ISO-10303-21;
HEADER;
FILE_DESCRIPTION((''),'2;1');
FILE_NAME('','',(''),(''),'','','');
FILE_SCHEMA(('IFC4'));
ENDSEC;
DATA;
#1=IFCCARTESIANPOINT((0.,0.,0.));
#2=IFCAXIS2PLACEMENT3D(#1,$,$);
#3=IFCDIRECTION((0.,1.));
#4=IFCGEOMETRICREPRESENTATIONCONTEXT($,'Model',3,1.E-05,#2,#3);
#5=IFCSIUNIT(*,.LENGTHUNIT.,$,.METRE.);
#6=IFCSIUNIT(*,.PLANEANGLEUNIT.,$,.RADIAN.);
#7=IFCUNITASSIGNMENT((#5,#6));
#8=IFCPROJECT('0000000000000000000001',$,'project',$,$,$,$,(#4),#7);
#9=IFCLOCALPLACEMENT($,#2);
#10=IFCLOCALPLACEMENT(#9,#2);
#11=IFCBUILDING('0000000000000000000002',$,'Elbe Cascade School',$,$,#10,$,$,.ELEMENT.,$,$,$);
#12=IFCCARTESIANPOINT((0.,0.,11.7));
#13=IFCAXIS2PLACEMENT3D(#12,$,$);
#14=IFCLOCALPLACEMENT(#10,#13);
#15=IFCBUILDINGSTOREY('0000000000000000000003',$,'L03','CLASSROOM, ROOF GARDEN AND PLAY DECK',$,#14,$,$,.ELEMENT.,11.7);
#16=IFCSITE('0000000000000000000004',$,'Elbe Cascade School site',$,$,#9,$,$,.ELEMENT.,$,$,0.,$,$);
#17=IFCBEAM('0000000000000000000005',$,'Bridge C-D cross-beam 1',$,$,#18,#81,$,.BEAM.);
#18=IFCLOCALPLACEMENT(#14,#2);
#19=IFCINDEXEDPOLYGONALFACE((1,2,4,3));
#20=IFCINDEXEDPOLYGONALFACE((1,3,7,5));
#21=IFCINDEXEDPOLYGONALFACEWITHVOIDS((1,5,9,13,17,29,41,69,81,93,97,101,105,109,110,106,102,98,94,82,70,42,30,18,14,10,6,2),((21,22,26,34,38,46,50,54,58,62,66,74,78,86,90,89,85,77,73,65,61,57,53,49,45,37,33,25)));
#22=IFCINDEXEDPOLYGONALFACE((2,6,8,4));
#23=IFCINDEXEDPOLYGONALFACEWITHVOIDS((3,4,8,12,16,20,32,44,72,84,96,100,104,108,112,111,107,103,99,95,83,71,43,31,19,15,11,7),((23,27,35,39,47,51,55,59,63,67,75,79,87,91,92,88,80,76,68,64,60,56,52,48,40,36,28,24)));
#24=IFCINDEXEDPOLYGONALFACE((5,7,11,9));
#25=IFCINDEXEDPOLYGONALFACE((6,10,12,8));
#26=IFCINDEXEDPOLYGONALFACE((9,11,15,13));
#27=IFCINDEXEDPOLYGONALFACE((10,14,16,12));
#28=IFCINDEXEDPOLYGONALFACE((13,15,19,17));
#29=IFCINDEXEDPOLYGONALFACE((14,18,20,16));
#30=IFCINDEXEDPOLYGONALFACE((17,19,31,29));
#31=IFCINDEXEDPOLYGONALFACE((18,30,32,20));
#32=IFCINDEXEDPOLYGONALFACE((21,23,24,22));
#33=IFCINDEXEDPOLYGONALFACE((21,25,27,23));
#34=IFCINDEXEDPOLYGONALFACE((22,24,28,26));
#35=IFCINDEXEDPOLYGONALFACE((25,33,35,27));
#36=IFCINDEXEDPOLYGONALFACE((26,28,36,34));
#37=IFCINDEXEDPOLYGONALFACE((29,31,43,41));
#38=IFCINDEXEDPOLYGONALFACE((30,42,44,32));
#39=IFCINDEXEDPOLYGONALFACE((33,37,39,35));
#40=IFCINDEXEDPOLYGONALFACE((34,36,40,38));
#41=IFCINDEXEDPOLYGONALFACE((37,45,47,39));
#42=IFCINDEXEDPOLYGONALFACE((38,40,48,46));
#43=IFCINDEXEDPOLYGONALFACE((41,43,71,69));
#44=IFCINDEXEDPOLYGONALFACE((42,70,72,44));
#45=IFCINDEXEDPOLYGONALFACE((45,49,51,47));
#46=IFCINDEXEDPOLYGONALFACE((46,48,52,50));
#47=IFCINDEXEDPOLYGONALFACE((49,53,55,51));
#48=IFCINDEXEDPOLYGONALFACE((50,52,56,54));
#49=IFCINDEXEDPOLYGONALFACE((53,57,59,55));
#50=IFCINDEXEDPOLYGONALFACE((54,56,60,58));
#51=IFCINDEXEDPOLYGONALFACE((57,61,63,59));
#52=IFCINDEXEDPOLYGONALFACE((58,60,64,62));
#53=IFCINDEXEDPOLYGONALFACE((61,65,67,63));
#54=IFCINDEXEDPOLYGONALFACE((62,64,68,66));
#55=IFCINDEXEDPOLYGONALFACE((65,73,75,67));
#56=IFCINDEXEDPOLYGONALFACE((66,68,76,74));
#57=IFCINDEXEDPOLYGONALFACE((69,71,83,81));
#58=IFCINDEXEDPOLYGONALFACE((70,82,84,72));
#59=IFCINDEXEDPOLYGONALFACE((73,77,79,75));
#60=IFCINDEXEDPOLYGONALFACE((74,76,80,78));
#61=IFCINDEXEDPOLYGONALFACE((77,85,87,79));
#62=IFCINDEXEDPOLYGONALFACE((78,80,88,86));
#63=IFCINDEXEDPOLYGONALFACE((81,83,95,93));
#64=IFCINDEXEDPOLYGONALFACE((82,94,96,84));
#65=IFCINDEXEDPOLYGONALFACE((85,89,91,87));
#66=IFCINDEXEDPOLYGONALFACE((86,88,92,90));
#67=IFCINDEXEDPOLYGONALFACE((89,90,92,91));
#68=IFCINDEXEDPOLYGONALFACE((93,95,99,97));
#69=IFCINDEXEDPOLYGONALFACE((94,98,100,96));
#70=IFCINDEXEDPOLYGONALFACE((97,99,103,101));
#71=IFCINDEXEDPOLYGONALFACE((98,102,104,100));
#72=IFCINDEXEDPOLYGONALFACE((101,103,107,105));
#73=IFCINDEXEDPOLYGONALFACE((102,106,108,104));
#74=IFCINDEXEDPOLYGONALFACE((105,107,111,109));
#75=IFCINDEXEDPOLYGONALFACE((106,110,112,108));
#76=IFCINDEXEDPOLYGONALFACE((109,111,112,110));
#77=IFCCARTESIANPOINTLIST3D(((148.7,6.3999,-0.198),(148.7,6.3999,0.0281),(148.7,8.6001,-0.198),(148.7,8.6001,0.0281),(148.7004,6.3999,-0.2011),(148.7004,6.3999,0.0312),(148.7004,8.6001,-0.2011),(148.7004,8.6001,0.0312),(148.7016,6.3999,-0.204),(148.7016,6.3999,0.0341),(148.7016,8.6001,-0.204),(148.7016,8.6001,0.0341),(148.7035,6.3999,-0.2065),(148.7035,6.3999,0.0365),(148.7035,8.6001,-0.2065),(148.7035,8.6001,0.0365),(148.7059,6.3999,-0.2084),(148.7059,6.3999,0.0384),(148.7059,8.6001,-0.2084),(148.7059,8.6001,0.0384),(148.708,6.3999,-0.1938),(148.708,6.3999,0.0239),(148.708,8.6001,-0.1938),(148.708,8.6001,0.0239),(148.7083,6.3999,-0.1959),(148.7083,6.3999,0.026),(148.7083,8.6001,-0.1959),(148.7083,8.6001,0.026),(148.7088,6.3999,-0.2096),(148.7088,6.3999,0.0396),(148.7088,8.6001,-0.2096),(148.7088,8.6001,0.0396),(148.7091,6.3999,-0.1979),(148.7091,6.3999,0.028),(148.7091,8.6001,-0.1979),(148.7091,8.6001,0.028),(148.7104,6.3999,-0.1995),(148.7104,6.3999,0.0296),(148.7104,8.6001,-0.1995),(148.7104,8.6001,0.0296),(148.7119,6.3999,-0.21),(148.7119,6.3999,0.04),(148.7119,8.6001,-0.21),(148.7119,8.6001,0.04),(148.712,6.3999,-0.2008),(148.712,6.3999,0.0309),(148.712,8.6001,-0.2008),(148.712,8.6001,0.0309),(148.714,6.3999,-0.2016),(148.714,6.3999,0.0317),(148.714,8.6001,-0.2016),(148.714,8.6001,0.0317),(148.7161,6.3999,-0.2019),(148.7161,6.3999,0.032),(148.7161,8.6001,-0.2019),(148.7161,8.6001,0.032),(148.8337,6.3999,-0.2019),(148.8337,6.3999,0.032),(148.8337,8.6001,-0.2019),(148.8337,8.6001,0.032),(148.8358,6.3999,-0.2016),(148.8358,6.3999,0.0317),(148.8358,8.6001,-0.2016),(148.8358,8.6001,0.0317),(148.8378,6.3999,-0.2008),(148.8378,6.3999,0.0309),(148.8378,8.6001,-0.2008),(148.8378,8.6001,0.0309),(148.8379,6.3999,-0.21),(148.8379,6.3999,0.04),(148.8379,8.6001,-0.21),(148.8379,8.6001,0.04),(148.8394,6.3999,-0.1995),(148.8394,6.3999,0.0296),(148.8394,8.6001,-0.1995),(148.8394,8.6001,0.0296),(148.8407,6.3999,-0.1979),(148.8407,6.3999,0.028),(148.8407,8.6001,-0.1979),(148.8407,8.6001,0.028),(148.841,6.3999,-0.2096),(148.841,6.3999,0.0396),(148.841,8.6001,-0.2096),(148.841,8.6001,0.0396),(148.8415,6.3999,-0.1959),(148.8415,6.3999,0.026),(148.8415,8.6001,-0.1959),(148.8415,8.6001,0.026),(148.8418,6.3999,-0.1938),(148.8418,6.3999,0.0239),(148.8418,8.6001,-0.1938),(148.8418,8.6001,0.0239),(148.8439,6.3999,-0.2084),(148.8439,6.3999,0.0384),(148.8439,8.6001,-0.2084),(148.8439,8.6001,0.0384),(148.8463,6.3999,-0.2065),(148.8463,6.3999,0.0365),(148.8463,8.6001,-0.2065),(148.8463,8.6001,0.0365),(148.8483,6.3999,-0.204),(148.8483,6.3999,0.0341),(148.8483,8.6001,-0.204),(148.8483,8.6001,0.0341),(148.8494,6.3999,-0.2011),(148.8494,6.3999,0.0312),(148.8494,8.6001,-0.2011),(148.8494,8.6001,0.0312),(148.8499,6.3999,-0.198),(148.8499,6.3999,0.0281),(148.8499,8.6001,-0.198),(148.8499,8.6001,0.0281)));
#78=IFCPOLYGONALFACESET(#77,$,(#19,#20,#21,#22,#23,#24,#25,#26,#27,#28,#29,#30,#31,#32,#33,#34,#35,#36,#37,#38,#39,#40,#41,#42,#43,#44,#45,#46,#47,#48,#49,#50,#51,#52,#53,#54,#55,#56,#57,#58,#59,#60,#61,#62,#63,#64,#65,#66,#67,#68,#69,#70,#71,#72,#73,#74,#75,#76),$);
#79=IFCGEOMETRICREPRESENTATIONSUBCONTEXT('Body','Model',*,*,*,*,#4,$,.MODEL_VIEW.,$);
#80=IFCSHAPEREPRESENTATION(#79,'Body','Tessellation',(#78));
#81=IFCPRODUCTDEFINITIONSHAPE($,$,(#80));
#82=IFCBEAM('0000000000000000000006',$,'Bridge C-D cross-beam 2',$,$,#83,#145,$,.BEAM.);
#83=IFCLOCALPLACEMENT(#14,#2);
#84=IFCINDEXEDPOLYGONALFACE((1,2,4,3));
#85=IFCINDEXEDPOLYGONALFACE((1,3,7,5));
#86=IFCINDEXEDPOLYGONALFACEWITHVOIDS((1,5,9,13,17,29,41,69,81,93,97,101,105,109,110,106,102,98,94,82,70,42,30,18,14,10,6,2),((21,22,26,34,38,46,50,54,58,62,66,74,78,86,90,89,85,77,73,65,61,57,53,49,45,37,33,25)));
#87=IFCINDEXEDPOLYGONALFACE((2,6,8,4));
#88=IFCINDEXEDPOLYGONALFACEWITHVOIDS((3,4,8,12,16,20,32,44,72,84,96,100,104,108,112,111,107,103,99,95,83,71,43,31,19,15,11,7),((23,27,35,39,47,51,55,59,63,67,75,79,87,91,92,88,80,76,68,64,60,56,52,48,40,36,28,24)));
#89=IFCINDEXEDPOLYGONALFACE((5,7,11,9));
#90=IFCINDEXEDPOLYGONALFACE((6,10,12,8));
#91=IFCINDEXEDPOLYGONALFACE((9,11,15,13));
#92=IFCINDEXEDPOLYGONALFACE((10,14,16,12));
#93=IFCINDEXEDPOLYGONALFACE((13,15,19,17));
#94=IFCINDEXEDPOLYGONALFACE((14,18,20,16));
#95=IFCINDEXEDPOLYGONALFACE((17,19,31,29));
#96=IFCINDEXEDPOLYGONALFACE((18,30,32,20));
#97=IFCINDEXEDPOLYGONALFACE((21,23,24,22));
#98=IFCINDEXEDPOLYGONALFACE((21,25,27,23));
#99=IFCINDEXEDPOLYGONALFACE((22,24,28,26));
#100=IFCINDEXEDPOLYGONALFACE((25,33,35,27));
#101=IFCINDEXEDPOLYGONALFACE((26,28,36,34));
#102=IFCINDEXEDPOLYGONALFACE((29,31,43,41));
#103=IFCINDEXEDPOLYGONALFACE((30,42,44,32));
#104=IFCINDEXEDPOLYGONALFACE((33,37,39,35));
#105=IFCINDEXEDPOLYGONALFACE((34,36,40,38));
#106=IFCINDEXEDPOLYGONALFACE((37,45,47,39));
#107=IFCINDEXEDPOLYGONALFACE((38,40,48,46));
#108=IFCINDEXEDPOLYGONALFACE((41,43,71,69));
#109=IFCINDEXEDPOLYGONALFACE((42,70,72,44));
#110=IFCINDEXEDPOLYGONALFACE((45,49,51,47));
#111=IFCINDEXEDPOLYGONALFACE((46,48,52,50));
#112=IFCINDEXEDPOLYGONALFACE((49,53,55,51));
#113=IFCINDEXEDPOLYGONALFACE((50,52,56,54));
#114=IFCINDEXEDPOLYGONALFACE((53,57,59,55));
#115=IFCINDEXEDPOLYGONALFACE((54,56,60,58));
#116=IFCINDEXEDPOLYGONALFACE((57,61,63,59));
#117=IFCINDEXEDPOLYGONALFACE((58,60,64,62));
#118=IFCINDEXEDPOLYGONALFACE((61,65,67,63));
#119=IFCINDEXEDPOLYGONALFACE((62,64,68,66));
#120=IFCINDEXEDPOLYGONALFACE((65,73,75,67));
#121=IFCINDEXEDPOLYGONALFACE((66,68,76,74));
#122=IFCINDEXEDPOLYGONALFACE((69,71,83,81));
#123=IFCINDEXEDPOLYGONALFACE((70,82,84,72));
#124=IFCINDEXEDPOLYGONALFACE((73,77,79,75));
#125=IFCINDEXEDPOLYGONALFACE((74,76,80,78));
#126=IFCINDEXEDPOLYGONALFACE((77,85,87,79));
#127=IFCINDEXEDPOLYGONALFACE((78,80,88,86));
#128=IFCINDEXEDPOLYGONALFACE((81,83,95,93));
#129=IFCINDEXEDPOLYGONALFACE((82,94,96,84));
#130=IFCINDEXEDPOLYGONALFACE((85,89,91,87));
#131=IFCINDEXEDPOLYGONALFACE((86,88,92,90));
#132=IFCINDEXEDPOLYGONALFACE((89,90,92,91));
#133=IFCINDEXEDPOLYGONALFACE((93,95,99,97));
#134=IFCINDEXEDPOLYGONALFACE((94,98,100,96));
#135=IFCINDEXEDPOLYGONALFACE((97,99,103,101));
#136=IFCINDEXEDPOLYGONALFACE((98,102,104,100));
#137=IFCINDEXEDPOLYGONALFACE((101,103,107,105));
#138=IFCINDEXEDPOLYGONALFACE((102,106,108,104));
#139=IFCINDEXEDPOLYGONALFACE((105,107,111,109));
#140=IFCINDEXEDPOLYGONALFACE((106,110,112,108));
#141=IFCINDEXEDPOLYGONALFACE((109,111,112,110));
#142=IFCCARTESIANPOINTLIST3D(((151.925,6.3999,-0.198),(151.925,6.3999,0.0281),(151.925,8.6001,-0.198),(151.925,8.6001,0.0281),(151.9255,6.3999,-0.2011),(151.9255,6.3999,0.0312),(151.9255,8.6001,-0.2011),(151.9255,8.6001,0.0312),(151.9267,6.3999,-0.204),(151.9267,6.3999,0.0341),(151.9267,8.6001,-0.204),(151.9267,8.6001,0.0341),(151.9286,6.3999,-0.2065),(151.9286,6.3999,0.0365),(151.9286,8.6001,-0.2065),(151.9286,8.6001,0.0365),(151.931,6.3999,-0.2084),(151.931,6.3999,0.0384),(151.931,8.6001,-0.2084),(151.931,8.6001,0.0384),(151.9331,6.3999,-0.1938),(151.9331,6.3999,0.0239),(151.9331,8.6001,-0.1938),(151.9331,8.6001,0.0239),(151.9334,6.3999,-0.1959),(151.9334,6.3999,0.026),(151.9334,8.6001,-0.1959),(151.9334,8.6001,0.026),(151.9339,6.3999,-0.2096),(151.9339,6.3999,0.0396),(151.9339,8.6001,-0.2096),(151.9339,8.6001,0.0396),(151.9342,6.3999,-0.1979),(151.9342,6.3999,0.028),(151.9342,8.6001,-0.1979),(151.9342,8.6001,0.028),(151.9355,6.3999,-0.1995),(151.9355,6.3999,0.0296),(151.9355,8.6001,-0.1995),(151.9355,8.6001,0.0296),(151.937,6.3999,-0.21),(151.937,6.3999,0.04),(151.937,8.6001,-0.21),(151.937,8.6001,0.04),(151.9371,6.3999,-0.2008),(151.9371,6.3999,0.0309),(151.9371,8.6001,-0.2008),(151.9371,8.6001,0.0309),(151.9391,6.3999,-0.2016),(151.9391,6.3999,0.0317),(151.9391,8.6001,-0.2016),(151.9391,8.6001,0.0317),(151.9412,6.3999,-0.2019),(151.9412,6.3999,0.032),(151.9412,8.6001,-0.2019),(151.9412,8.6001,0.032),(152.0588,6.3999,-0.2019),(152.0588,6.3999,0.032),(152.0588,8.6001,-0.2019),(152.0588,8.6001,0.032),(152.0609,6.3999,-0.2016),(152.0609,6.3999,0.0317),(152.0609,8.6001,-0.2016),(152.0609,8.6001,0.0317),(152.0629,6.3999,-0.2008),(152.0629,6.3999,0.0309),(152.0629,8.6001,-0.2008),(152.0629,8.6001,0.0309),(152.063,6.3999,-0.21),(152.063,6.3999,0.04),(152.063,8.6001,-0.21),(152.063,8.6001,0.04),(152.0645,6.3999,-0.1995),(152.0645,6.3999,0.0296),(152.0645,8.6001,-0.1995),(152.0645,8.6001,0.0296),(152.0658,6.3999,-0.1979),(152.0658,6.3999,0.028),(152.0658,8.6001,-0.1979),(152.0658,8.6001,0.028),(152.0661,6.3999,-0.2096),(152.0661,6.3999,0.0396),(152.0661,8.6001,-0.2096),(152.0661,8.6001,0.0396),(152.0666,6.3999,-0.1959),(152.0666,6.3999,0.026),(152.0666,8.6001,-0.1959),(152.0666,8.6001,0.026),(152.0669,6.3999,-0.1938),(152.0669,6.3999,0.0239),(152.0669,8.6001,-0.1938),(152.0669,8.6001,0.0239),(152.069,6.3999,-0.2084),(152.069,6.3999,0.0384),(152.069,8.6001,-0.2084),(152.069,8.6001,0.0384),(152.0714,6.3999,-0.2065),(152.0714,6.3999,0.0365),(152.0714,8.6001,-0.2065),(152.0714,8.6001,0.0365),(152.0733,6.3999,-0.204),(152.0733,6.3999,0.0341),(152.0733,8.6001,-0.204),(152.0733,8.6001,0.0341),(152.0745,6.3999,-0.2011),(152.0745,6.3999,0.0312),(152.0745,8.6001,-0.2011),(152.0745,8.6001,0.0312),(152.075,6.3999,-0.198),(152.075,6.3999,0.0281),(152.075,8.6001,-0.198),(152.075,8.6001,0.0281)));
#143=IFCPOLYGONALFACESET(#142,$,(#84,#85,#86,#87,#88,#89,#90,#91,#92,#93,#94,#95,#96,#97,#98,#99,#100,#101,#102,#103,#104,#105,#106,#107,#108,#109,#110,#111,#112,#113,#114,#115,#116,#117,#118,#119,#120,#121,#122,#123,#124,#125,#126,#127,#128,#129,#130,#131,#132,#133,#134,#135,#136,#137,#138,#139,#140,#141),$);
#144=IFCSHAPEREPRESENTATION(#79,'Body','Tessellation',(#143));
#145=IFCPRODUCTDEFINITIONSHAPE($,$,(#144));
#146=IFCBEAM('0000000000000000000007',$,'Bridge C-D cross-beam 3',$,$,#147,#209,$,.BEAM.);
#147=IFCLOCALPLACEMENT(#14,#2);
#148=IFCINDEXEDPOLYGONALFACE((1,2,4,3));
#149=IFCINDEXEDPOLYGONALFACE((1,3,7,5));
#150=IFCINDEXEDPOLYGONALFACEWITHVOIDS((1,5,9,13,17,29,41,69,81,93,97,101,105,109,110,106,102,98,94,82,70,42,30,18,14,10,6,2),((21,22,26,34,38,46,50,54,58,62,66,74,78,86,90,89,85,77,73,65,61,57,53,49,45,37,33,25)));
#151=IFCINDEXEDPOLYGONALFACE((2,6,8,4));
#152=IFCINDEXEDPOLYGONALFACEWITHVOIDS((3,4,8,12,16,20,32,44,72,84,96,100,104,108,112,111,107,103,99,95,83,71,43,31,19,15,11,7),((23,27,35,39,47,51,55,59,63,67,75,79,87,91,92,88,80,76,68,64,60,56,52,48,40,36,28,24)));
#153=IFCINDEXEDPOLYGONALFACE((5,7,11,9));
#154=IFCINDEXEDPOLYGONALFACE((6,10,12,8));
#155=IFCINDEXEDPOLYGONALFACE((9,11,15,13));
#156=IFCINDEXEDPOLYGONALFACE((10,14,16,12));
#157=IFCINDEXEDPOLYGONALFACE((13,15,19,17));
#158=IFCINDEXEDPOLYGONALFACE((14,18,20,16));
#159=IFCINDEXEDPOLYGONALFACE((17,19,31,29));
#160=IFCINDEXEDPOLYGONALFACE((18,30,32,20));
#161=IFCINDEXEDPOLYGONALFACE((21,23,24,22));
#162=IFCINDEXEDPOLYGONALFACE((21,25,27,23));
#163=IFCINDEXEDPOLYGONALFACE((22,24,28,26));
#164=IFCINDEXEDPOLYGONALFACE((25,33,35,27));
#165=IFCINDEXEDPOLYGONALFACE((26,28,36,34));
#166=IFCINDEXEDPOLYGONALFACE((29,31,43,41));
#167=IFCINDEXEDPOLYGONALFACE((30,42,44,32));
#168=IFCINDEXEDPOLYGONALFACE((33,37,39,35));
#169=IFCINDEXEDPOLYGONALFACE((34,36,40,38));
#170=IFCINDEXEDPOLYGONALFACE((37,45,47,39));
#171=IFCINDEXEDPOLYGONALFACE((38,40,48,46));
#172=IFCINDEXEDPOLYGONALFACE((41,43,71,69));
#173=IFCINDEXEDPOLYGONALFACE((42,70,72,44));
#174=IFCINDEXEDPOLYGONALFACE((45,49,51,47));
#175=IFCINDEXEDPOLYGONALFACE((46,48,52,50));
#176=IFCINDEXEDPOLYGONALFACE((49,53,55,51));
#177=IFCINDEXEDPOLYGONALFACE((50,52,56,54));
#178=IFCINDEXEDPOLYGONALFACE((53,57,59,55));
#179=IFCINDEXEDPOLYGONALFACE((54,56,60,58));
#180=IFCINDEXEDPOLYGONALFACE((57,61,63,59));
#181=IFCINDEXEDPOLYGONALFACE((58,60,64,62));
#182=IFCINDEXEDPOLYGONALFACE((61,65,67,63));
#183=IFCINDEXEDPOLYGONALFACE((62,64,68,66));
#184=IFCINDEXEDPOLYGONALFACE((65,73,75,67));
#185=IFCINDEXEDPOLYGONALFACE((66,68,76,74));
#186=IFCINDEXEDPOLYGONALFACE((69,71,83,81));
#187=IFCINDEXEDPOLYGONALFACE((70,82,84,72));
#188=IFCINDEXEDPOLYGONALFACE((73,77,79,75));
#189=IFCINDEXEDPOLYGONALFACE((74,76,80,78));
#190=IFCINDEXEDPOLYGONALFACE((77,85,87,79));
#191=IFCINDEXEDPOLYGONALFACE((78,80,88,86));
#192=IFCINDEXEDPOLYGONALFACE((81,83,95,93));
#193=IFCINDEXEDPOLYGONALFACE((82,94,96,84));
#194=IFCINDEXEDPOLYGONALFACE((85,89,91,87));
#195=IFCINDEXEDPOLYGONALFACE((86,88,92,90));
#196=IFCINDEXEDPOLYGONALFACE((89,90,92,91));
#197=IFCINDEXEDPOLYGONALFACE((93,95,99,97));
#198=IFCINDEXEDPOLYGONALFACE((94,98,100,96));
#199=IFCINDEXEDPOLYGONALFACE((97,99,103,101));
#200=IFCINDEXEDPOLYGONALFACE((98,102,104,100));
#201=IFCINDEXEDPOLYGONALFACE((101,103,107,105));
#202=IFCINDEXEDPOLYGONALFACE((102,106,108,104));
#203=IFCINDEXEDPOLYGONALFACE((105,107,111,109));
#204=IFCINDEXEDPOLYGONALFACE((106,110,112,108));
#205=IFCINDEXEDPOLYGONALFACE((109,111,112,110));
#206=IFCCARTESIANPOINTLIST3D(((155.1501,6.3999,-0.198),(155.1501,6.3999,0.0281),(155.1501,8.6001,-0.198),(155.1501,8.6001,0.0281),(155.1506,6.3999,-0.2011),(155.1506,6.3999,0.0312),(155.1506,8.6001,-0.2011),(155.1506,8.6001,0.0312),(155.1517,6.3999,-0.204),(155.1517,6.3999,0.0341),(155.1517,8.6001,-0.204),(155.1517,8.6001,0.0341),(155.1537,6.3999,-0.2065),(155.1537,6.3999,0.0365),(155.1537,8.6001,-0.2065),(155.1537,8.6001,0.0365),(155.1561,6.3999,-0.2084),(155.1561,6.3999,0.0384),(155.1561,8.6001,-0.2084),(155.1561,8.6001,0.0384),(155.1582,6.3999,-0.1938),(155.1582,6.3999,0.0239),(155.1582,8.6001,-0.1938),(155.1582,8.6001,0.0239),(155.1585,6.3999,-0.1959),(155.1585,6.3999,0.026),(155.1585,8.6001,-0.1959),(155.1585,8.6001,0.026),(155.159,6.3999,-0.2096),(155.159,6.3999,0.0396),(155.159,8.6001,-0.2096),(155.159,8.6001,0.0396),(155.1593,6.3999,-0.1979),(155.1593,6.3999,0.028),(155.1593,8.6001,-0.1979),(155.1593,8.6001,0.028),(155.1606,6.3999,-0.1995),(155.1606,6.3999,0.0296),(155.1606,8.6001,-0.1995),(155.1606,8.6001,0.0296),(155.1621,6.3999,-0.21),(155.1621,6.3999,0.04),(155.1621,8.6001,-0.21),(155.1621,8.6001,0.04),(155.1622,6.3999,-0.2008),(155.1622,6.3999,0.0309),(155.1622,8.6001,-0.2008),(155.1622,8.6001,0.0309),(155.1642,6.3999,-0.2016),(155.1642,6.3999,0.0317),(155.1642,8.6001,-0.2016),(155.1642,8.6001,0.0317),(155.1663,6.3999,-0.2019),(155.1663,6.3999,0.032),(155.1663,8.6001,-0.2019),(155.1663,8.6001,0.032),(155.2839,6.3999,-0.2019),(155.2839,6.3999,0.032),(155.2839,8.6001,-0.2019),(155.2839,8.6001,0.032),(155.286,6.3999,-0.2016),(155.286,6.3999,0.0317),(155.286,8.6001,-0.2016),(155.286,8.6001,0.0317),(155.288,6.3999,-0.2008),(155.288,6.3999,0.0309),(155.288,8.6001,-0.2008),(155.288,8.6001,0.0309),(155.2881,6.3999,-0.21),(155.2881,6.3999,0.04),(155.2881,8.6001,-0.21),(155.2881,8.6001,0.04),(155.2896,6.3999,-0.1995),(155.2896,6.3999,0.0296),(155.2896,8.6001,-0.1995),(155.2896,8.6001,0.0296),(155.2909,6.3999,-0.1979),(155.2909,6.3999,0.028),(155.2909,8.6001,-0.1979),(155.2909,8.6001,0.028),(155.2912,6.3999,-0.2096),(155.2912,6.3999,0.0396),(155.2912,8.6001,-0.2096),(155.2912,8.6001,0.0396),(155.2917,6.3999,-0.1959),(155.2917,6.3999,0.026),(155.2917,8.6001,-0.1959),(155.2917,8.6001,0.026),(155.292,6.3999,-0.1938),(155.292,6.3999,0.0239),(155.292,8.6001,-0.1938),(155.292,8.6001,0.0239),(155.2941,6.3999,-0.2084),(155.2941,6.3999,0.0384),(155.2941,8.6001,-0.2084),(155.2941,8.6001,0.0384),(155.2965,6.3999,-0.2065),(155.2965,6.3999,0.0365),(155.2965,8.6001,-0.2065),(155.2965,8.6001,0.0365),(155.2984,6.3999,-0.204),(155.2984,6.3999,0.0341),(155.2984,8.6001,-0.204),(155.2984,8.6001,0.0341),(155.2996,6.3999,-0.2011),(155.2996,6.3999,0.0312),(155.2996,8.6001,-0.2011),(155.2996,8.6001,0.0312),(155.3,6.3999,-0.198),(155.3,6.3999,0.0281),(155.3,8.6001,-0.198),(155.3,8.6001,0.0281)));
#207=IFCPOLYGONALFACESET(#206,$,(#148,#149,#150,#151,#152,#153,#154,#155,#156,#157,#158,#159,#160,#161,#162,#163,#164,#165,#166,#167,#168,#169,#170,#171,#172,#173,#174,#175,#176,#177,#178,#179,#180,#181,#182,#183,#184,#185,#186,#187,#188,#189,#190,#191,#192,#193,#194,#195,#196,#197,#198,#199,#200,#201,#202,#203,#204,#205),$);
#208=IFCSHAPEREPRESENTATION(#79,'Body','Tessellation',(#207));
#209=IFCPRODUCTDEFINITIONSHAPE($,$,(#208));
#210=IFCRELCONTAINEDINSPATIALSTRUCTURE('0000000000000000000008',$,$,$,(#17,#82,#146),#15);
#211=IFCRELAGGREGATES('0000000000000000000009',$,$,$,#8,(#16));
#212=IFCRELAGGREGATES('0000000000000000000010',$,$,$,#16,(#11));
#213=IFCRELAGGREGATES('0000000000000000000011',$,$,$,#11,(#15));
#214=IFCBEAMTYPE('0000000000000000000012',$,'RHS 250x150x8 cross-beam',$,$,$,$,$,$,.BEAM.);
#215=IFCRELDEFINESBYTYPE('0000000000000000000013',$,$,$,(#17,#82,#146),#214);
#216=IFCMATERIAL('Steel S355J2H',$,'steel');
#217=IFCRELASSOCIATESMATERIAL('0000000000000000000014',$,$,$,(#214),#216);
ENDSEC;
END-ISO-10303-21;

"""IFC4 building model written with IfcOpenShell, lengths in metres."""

from ifc_helpers import new_model, si_unit, direction, frame, origin, origin_2d, place, context, subcontext, project, spatial, hollow_rectangle, extrude, material, material_profile, profile_set, type_object, element, save


model = new_model("IFC4")

# Units and contexts
model_context = context("Model", 3, precision=1e-05, world=origin(), true_north=direction((0.0, 1.0)))
body_context = subcontext(model_context, "Body", "Model", "MODEL_VIEW")
ifc_project = project(units=[si_unit("LENGTHUNIT", "METRE"), si_unit("PLANEANGLEUNIT", "RADIAN")], contexts=[model_context])

# Site, building, storey
site_placement = place(None, origin())
site = spatial("IfcSite", under=ifc_project, at=site_placement, Name="Elbe Cascade School site", CompositionType="ELEMENT", RefElevation=0.0)
building_placement = place(site_placement, origin())
building = spatial("IfcBuilding", under=site, at=building_placement, Name="Elbe Cascade School", CompositionType="ELEMENT")
storey_placement = place(building_placement, frame((0.0, 0.0, 11.7)))
storey = spatial("IfcBuildingStorey", under=building, at=storey_placement, Name="L03", Description="CLASSROOM, ROOF GARDEN AND PLAY DECK", CompositionType="ELEMENT", Elevation=11.7)

# Beams
ifc_material_1 = material(Name="Steel S355J2H", Category="steel")
ifc_material_profile_1 = material_profile(ifc_material_1, hollow_rectangle(XDim=0.1499, YDim=0.25, WallThickness=0.0081, InnerFilletRadius=0.0081, OuterFilletRadius=0.012, at=origin_2d()), Name="RHS 250x150x8")
ifc_profile_set_1 = profile_set([ifc_material_profile_1], Name="Steel S355J2H")
beam_type_1 = type_object("IfcBeamType", Name="RHS 250x150x8 cross-beam", PredefinedType="BEAM", material=ifc_profile_set_1)
for number, where, z_axis, x_axis, name in (
    (1, (148.7749, 6.3999, -0.085), (0.0, 1.0, 0.0), (-1.0, 0.0, 0.0), "Bridge C-D cross-beam 1"),
    (2, (152.0, 6.3999, -0.085), (0.0, 1.0, 0.0), (-1.0, 0.0, 0.0), "Bridge C-D cross-beam 2"),
    (3, (155.2251, 6.3999, -0.085), (0.0, 1.0, 0.0), (-1.0, 0.0, 0.0), "Bridge C-D cross-beam 3"),
):
    element("IfcBeam", number, at=place(storey_placement, frame(where, z_axis=z_axis, x_axis=x_axis)), inside=storey, type_object=beam_type_1, Name=name, PredefinedType="BEAM", context=body_context, shape_type="SweptSolid", body=[
        extrude(hollow_rectangle(XDim=0.1499, YDim=0.25, WallThickness=0.0081, InnerFilletRadius=0.0081, OuterFilletRadius=0.012, at=origin_2d()), origin(), (0.0, 0.0, 1.0), 2.2002),
    ])

save(model, "model.ifc")
